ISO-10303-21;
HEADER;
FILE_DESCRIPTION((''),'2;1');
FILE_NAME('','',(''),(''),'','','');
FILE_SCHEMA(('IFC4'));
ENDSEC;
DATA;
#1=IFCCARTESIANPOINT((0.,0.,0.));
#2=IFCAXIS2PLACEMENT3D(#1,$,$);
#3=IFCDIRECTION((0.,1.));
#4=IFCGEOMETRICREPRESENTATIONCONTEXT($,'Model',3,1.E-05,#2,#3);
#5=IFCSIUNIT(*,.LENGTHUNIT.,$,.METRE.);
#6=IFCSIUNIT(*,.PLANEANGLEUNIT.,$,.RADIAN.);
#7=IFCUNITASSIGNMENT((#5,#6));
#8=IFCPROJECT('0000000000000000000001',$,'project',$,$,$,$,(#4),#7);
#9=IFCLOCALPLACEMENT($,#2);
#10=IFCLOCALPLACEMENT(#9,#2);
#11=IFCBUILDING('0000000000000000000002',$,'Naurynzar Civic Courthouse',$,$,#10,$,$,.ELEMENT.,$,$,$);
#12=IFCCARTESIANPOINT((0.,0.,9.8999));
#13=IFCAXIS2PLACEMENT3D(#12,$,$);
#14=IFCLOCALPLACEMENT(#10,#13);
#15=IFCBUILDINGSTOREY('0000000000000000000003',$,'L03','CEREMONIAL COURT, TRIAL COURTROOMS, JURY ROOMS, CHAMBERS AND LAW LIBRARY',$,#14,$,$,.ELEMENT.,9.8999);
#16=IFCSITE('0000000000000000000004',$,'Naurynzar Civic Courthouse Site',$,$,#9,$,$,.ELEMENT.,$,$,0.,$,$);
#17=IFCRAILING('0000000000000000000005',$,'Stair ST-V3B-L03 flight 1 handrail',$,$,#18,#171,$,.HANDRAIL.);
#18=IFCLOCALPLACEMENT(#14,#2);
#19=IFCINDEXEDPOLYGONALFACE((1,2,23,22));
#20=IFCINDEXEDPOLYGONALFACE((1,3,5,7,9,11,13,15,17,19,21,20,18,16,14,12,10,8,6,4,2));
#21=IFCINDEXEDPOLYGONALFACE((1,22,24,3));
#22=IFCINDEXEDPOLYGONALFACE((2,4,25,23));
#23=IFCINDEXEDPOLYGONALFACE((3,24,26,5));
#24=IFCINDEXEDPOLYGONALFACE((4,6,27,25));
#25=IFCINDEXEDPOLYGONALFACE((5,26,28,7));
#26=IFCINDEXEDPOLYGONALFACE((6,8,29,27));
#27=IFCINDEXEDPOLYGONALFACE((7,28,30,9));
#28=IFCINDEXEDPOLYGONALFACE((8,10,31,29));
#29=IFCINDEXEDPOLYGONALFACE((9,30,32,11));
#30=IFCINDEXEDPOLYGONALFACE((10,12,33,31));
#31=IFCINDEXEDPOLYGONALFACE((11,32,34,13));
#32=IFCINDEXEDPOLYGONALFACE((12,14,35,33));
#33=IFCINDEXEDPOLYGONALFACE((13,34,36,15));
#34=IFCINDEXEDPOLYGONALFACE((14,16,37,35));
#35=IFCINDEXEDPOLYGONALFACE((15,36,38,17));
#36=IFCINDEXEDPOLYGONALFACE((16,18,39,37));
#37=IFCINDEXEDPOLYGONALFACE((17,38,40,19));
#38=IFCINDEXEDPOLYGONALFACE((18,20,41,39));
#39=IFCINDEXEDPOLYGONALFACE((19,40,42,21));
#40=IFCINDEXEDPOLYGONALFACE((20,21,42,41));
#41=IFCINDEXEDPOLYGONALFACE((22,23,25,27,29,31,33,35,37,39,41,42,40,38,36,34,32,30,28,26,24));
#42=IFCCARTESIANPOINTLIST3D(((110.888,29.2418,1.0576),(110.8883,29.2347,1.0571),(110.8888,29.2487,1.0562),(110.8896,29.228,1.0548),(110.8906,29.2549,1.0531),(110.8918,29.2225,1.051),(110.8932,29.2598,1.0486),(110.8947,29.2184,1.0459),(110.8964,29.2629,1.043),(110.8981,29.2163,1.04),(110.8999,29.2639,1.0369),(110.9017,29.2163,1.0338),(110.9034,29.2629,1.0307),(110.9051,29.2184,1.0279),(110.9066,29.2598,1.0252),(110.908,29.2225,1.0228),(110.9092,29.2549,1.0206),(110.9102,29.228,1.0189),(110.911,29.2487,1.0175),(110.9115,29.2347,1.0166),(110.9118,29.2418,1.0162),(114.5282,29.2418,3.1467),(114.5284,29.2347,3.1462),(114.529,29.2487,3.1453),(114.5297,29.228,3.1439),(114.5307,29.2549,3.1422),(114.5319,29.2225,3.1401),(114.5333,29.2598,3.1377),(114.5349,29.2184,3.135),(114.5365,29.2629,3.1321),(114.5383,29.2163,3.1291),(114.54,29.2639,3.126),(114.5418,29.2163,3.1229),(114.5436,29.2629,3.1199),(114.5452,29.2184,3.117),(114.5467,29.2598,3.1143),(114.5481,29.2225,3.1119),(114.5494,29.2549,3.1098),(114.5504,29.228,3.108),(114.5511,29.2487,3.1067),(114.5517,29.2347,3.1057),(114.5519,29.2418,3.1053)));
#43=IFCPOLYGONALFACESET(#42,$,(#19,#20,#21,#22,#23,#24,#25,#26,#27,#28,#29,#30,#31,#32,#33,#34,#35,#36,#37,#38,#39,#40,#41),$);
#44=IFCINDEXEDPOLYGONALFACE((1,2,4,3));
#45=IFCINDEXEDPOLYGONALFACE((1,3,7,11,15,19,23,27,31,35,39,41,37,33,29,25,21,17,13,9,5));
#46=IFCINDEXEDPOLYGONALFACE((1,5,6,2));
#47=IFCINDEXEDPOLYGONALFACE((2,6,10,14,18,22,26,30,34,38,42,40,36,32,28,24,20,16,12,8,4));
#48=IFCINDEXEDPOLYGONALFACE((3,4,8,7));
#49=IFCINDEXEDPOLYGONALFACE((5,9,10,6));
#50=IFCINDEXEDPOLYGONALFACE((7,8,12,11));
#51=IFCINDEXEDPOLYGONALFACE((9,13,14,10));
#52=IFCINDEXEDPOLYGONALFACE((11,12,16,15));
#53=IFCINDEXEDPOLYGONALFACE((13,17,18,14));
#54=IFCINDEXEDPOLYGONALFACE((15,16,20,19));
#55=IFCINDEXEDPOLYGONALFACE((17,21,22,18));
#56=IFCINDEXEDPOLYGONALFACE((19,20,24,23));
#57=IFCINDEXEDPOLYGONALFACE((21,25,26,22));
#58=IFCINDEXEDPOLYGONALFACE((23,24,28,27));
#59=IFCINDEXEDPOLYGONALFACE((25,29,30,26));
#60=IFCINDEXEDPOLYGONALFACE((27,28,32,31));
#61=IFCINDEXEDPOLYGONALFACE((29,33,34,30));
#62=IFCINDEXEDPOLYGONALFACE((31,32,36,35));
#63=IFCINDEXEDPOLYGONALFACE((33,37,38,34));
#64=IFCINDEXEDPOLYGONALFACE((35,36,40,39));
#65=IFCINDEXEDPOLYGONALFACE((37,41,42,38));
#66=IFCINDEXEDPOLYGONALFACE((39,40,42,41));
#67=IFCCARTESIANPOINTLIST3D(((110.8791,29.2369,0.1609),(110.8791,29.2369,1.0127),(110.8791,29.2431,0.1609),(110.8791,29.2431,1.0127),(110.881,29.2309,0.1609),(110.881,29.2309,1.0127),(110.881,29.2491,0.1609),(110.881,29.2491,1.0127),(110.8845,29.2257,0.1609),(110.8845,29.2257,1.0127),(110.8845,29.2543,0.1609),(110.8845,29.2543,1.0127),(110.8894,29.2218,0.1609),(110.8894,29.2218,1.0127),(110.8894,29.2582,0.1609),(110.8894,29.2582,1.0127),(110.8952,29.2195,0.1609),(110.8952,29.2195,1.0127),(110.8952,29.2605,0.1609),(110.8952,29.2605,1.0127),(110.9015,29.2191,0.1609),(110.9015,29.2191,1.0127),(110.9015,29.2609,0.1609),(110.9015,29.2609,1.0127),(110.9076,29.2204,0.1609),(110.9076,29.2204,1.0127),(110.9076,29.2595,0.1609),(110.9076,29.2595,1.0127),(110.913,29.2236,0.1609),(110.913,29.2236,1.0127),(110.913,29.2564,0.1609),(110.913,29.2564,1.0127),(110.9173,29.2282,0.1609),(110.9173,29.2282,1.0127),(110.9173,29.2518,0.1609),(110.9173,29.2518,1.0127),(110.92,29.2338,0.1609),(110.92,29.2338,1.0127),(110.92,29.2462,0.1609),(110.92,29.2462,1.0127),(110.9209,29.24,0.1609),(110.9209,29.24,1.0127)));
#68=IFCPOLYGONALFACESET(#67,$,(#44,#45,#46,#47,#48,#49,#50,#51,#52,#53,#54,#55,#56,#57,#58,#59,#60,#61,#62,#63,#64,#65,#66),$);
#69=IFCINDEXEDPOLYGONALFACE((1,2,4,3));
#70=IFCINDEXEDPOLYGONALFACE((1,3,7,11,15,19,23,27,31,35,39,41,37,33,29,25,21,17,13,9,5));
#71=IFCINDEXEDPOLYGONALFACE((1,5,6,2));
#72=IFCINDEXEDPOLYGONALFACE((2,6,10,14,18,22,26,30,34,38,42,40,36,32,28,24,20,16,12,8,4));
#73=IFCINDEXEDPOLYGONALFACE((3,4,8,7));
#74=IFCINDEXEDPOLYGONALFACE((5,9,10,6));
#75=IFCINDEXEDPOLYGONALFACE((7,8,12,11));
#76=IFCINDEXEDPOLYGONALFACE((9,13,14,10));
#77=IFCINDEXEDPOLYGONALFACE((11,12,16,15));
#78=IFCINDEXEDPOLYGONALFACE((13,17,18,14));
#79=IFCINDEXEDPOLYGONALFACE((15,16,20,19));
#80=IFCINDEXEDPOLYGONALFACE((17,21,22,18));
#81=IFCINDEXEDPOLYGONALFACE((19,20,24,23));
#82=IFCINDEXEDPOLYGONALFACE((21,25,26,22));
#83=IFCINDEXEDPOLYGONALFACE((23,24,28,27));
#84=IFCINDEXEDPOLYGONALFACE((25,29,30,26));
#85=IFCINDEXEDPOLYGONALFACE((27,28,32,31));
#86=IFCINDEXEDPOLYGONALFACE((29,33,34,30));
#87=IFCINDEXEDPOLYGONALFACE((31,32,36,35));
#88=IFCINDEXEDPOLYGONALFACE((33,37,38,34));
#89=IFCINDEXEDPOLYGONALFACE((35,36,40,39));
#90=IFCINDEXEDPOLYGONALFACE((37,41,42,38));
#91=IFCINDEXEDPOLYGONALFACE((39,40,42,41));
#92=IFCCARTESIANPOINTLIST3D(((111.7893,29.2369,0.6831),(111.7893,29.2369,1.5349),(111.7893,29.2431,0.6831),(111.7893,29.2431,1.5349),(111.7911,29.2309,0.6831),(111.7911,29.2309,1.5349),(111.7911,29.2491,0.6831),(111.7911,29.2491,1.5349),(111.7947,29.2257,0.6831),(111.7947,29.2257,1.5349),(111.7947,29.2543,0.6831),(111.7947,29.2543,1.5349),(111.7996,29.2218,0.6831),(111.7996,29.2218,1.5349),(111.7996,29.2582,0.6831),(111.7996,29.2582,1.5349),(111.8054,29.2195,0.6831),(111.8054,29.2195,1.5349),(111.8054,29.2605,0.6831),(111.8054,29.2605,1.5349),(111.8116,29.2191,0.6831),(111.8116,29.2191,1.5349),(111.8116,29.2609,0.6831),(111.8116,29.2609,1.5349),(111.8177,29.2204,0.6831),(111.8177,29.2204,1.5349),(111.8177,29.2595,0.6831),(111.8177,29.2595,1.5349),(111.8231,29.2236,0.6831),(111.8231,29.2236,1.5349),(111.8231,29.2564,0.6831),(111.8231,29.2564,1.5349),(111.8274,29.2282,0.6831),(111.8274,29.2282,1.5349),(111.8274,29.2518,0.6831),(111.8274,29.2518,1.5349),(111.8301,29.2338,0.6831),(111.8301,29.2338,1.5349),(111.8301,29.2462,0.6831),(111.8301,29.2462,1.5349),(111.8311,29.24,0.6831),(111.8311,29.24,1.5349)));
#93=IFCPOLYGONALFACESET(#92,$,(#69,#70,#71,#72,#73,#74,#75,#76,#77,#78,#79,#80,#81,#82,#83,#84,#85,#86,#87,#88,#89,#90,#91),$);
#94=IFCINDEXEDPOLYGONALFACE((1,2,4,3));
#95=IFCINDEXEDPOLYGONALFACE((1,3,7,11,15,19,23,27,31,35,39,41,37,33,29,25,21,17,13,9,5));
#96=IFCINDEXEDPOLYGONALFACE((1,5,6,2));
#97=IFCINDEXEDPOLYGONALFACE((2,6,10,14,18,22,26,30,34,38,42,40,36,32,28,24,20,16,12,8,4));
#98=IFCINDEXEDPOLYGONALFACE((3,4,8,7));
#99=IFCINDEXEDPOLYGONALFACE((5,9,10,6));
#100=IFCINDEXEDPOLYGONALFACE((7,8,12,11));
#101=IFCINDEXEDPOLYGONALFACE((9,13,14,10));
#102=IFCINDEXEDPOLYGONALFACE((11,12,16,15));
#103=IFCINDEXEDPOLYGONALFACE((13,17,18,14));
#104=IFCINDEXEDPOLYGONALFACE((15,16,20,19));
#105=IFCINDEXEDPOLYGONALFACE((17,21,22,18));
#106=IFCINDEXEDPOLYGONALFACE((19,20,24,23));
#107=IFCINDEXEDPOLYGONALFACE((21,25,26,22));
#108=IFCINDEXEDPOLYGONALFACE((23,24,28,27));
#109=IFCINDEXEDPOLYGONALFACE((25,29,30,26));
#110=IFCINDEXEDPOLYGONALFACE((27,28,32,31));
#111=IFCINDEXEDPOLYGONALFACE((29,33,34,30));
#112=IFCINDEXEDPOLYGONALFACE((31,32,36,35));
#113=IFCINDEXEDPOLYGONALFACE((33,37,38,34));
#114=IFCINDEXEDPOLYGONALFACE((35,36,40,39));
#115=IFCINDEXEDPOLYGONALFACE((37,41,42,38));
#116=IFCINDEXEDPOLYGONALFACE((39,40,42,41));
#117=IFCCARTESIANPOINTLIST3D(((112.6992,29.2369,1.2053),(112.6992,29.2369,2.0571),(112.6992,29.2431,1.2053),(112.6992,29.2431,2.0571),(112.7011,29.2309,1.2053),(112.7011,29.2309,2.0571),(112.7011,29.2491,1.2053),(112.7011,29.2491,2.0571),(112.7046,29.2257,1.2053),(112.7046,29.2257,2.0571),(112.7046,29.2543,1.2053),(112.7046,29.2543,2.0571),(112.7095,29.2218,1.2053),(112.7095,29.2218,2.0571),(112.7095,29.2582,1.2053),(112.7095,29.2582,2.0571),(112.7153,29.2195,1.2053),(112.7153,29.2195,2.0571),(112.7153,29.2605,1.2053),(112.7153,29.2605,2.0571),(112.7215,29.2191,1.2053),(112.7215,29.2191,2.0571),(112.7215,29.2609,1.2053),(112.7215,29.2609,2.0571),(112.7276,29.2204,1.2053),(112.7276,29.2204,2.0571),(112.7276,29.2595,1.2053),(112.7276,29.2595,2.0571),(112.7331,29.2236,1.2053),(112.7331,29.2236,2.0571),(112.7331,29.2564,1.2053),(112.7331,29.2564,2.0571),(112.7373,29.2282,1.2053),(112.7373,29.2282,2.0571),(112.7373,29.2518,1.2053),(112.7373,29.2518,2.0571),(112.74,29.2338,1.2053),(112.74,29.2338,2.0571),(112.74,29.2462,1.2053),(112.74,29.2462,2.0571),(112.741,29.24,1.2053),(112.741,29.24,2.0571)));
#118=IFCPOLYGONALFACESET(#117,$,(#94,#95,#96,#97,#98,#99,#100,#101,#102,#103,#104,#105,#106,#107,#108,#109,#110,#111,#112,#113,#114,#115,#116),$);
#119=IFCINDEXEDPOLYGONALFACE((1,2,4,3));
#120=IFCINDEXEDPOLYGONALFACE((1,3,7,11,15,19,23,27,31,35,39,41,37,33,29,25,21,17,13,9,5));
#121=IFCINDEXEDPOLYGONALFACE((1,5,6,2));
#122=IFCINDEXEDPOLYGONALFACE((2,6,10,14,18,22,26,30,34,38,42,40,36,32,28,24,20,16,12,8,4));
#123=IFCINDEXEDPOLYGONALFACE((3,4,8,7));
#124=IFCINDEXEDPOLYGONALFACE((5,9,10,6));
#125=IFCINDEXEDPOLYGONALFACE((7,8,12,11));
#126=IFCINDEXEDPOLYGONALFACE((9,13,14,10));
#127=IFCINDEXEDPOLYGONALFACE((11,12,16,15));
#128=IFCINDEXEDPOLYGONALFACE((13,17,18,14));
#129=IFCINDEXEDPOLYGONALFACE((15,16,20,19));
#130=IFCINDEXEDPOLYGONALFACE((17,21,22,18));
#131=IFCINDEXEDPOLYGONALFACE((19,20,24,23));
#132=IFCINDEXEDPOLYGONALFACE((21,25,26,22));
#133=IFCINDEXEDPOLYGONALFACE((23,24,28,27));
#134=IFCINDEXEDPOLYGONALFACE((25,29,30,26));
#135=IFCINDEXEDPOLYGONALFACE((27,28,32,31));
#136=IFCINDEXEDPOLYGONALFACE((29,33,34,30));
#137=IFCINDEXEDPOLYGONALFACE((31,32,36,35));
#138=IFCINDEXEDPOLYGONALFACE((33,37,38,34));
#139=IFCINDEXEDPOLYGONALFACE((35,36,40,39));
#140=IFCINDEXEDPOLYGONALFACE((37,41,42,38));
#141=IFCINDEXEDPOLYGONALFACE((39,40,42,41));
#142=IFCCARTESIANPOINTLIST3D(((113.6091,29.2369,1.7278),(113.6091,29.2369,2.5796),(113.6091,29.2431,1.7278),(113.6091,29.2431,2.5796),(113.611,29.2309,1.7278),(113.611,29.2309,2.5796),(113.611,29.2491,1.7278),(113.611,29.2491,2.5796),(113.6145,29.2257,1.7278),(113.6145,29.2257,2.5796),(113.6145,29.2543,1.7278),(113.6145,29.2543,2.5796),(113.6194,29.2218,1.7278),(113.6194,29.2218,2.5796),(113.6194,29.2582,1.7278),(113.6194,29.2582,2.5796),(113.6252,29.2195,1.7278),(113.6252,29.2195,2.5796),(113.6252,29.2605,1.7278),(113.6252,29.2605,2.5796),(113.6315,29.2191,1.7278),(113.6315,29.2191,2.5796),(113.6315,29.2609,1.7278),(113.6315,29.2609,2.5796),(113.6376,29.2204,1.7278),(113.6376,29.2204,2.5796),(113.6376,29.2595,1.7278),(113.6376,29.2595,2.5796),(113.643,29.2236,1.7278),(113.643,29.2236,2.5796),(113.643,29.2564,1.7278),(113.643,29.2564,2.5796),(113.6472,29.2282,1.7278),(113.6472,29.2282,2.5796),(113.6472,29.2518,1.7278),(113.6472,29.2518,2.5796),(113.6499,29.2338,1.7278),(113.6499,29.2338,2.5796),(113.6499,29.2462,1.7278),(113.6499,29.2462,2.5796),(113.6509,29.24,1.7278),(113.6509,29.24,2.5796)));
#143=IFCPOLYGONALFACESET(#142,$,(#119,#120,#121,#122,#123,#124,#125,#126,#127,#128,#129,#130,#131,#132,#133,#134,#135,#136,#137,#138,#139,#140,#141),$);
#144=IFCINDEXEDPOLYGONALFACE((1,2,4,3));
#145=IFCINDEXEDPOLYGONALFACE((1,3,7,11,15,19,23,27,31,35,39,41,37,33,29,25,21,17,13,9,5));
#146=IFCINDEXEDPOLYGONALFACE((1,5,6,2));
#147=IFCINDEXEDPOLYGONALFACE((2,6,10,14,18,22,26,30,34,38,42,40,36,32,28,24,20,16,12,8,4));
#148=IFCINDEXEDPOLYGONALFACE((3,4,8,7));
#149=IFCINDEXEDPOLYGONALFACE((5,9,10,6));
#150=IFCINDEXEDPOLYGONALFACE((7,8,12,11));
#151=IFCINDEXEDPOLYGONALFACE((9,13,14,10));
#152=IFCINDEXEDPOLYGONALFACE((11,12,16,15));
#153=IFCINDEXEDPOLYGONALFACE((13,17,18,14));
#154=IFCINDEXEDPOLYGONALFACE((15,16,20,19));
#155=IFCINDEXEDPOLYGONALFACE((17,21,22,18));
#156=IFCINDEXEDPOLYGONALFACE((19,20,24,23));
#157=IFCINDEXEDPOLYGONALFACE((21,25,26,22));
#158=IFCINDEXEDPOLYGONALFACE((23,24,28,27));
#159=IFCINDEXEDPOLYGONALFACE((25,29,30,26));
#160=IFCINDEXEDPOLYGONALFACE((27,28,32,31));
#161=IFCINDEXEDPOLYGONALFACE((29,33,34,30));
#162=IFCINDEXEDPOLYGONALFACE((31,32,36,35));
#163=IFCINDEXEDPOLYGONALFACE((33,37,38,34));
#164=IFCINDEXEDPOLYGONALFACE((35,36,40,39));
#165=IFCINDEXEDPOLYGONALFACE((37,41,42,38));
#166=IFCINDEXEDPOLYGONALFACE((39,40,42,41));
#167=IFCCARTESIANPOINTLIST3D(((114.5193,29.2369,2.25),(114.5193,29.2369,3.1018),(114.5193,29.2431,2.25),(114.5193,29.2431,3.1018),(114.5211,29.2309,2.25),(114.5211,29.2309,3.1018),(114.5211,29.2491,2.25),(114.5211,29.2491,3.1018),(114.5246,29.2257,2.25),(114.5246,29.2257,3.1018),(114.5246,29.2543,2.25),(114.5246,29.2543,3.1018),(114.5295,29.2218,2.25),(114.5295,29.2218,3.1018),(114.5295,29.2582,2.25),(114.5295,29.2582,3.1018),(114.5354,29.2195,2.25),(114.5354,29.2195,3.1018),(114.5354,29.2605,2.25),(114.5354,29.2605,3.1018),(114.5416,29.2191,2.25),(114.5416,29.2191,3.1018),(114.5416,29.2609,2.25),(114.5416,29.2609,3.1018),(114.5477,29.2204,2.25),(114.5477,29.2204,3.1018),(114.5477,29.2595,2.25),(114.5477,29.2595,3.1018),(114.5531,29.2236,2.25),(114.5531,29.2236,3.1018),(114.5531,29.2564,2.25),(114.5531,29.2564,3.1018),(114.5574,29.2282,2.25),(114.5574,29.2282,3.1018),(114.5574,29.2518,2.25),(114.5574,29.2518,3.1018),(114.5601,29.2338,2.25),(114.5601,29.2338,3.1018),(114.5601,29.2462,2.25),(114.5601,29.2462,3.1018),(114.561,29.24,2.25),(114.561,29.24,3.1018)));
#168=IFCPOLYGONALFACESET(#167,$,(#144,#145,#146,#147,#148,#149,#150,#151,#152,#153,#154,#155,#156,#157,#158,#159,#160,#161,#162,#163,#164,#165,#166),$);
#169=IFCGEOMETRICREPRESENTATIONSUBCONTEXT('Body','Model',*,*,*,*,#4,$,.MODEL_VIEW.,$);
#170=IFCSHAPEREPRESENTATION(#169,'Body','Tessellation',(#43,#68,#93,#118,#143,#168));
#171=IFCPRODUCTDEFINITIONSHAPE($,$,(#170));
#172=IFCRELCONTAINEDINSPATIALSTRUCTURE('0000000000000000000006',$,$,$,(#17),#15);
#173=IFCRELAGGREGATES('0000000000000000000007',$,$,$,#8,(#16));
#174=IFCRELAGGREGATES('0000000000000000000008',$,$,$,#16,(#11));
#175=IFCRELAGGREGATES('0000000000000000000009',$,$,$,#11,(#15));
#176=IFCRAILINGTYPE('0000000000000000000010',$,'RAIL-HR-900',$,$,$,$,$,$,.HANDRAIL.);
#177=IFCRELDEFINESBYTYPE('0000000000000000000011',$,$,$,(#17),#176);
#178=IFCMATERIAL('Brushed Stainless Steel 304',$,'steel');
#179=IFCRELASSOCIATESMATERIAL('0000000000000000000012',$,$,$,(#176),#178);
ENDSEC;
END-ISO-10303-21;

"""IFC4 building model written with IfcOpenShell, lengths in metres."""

from ifc_helpers import new_model, si_unit, direction, frame, origin, origin_2d, place, context, subcontext, project, spatial, circle, extrude, material, type_object, element, save


model = new_model("IFC4")

# Units and contexts
model_context = context("Model", 3, precision=1e-05, world=origin(), true_north=direction((0.0, 1.0)))
body_context = subcontext(model_context, "Body", "Model", "MODEL_VIEW")
ifc_project = project(units=[si_unit("LENGTHUNIT", "METRE"), si_unit("PLANEANGLEUNIT", "RADIAN")], contexts=[model_context])

# Site, building, storey
site_placement = place(None, origin())
site = spatial("IfcSite", under=ifc_project, at=site_placement, Name="Naurynzar Civic Courthouse Site", CompositionType="ELEMENT", RefElevation=0.0)
building_placement = place(site_placement, origin())
building = spatial("IfcBuilding", under=site, at=building_placement, Name="Naurynzar Civic Courthouse", CompositionType="ELEMENT")
storey_placement = place(building_placement, frame((0.0, 0.0, 9.8999)))
storey = spatial("IfcBuildingStorey", under=building, at=storey_placement, Name="L03", Description="CEREMONIAL COURT, TRIAL COURTROOMS, JURY ROOMS, CHAMBERS AND LAW LIBRARY", CompositionType="ELEMENT", Elevation=9.8999)

# Railing
ifc_material_1 = material(Name="Brushed Stainless Steel 304", Category="steel")
railing_type_1 = type_object("IfcRailingType", Name="RAIL-HR-900", PredefinedType="HANDRAIL", material=ifc_material_1)
railing_1_placement = place(storey_placement, frame((110.8999, 29.24, 0.1609)))
element("IfcRailing", 1, at=railing_1_placement, inside=storey, type_object=railing_type_1, Name="Stair ST-V3B-L03 flight 1 handrail", PredefinedType="HANDRAIL", context=body_context, shape_type="SweptSolid", body=[
    extrude(circle(Radius=0.0239, at=origin_2d()), frame((0.0, 0.0, 0.876), z_axis=(0.867314, 0.0, 0.497761), x_axis=(0.0, 1.0, 0.0)), (0.0, 0.0, 1.0), 4.197),
    extrude(circle(Radius=0.021, at=origin_2d()), origin(), (0.0, 0.0, 1.0), 0.8518),
    extrude(circle(Radius=0.021, at=origin_2d()), frame((0.9102, 0.0, 0.5222)), (0.0, 0.0, 1.0), 0.8518),
    extrude(circle(Radius=0.021, at=origin_2d()), frame((1.8201, 0.0, 1.0444)), (0.0, 0.0, 1.0), 0.8518),
    extrude(circle(Radius=0.021, at=origin_2d()), frame((2.73, 0.0, 1.5669)), (0.0, 0.0, 1.0), 0.8518),
    extrude(circle(Radius=0.021, at=origin_2d()), frame((3.6401, 0.0, 2.0891)), (0.0, 0.0, 1.0), 0.8518),
])

save(model, "model.ifc")
